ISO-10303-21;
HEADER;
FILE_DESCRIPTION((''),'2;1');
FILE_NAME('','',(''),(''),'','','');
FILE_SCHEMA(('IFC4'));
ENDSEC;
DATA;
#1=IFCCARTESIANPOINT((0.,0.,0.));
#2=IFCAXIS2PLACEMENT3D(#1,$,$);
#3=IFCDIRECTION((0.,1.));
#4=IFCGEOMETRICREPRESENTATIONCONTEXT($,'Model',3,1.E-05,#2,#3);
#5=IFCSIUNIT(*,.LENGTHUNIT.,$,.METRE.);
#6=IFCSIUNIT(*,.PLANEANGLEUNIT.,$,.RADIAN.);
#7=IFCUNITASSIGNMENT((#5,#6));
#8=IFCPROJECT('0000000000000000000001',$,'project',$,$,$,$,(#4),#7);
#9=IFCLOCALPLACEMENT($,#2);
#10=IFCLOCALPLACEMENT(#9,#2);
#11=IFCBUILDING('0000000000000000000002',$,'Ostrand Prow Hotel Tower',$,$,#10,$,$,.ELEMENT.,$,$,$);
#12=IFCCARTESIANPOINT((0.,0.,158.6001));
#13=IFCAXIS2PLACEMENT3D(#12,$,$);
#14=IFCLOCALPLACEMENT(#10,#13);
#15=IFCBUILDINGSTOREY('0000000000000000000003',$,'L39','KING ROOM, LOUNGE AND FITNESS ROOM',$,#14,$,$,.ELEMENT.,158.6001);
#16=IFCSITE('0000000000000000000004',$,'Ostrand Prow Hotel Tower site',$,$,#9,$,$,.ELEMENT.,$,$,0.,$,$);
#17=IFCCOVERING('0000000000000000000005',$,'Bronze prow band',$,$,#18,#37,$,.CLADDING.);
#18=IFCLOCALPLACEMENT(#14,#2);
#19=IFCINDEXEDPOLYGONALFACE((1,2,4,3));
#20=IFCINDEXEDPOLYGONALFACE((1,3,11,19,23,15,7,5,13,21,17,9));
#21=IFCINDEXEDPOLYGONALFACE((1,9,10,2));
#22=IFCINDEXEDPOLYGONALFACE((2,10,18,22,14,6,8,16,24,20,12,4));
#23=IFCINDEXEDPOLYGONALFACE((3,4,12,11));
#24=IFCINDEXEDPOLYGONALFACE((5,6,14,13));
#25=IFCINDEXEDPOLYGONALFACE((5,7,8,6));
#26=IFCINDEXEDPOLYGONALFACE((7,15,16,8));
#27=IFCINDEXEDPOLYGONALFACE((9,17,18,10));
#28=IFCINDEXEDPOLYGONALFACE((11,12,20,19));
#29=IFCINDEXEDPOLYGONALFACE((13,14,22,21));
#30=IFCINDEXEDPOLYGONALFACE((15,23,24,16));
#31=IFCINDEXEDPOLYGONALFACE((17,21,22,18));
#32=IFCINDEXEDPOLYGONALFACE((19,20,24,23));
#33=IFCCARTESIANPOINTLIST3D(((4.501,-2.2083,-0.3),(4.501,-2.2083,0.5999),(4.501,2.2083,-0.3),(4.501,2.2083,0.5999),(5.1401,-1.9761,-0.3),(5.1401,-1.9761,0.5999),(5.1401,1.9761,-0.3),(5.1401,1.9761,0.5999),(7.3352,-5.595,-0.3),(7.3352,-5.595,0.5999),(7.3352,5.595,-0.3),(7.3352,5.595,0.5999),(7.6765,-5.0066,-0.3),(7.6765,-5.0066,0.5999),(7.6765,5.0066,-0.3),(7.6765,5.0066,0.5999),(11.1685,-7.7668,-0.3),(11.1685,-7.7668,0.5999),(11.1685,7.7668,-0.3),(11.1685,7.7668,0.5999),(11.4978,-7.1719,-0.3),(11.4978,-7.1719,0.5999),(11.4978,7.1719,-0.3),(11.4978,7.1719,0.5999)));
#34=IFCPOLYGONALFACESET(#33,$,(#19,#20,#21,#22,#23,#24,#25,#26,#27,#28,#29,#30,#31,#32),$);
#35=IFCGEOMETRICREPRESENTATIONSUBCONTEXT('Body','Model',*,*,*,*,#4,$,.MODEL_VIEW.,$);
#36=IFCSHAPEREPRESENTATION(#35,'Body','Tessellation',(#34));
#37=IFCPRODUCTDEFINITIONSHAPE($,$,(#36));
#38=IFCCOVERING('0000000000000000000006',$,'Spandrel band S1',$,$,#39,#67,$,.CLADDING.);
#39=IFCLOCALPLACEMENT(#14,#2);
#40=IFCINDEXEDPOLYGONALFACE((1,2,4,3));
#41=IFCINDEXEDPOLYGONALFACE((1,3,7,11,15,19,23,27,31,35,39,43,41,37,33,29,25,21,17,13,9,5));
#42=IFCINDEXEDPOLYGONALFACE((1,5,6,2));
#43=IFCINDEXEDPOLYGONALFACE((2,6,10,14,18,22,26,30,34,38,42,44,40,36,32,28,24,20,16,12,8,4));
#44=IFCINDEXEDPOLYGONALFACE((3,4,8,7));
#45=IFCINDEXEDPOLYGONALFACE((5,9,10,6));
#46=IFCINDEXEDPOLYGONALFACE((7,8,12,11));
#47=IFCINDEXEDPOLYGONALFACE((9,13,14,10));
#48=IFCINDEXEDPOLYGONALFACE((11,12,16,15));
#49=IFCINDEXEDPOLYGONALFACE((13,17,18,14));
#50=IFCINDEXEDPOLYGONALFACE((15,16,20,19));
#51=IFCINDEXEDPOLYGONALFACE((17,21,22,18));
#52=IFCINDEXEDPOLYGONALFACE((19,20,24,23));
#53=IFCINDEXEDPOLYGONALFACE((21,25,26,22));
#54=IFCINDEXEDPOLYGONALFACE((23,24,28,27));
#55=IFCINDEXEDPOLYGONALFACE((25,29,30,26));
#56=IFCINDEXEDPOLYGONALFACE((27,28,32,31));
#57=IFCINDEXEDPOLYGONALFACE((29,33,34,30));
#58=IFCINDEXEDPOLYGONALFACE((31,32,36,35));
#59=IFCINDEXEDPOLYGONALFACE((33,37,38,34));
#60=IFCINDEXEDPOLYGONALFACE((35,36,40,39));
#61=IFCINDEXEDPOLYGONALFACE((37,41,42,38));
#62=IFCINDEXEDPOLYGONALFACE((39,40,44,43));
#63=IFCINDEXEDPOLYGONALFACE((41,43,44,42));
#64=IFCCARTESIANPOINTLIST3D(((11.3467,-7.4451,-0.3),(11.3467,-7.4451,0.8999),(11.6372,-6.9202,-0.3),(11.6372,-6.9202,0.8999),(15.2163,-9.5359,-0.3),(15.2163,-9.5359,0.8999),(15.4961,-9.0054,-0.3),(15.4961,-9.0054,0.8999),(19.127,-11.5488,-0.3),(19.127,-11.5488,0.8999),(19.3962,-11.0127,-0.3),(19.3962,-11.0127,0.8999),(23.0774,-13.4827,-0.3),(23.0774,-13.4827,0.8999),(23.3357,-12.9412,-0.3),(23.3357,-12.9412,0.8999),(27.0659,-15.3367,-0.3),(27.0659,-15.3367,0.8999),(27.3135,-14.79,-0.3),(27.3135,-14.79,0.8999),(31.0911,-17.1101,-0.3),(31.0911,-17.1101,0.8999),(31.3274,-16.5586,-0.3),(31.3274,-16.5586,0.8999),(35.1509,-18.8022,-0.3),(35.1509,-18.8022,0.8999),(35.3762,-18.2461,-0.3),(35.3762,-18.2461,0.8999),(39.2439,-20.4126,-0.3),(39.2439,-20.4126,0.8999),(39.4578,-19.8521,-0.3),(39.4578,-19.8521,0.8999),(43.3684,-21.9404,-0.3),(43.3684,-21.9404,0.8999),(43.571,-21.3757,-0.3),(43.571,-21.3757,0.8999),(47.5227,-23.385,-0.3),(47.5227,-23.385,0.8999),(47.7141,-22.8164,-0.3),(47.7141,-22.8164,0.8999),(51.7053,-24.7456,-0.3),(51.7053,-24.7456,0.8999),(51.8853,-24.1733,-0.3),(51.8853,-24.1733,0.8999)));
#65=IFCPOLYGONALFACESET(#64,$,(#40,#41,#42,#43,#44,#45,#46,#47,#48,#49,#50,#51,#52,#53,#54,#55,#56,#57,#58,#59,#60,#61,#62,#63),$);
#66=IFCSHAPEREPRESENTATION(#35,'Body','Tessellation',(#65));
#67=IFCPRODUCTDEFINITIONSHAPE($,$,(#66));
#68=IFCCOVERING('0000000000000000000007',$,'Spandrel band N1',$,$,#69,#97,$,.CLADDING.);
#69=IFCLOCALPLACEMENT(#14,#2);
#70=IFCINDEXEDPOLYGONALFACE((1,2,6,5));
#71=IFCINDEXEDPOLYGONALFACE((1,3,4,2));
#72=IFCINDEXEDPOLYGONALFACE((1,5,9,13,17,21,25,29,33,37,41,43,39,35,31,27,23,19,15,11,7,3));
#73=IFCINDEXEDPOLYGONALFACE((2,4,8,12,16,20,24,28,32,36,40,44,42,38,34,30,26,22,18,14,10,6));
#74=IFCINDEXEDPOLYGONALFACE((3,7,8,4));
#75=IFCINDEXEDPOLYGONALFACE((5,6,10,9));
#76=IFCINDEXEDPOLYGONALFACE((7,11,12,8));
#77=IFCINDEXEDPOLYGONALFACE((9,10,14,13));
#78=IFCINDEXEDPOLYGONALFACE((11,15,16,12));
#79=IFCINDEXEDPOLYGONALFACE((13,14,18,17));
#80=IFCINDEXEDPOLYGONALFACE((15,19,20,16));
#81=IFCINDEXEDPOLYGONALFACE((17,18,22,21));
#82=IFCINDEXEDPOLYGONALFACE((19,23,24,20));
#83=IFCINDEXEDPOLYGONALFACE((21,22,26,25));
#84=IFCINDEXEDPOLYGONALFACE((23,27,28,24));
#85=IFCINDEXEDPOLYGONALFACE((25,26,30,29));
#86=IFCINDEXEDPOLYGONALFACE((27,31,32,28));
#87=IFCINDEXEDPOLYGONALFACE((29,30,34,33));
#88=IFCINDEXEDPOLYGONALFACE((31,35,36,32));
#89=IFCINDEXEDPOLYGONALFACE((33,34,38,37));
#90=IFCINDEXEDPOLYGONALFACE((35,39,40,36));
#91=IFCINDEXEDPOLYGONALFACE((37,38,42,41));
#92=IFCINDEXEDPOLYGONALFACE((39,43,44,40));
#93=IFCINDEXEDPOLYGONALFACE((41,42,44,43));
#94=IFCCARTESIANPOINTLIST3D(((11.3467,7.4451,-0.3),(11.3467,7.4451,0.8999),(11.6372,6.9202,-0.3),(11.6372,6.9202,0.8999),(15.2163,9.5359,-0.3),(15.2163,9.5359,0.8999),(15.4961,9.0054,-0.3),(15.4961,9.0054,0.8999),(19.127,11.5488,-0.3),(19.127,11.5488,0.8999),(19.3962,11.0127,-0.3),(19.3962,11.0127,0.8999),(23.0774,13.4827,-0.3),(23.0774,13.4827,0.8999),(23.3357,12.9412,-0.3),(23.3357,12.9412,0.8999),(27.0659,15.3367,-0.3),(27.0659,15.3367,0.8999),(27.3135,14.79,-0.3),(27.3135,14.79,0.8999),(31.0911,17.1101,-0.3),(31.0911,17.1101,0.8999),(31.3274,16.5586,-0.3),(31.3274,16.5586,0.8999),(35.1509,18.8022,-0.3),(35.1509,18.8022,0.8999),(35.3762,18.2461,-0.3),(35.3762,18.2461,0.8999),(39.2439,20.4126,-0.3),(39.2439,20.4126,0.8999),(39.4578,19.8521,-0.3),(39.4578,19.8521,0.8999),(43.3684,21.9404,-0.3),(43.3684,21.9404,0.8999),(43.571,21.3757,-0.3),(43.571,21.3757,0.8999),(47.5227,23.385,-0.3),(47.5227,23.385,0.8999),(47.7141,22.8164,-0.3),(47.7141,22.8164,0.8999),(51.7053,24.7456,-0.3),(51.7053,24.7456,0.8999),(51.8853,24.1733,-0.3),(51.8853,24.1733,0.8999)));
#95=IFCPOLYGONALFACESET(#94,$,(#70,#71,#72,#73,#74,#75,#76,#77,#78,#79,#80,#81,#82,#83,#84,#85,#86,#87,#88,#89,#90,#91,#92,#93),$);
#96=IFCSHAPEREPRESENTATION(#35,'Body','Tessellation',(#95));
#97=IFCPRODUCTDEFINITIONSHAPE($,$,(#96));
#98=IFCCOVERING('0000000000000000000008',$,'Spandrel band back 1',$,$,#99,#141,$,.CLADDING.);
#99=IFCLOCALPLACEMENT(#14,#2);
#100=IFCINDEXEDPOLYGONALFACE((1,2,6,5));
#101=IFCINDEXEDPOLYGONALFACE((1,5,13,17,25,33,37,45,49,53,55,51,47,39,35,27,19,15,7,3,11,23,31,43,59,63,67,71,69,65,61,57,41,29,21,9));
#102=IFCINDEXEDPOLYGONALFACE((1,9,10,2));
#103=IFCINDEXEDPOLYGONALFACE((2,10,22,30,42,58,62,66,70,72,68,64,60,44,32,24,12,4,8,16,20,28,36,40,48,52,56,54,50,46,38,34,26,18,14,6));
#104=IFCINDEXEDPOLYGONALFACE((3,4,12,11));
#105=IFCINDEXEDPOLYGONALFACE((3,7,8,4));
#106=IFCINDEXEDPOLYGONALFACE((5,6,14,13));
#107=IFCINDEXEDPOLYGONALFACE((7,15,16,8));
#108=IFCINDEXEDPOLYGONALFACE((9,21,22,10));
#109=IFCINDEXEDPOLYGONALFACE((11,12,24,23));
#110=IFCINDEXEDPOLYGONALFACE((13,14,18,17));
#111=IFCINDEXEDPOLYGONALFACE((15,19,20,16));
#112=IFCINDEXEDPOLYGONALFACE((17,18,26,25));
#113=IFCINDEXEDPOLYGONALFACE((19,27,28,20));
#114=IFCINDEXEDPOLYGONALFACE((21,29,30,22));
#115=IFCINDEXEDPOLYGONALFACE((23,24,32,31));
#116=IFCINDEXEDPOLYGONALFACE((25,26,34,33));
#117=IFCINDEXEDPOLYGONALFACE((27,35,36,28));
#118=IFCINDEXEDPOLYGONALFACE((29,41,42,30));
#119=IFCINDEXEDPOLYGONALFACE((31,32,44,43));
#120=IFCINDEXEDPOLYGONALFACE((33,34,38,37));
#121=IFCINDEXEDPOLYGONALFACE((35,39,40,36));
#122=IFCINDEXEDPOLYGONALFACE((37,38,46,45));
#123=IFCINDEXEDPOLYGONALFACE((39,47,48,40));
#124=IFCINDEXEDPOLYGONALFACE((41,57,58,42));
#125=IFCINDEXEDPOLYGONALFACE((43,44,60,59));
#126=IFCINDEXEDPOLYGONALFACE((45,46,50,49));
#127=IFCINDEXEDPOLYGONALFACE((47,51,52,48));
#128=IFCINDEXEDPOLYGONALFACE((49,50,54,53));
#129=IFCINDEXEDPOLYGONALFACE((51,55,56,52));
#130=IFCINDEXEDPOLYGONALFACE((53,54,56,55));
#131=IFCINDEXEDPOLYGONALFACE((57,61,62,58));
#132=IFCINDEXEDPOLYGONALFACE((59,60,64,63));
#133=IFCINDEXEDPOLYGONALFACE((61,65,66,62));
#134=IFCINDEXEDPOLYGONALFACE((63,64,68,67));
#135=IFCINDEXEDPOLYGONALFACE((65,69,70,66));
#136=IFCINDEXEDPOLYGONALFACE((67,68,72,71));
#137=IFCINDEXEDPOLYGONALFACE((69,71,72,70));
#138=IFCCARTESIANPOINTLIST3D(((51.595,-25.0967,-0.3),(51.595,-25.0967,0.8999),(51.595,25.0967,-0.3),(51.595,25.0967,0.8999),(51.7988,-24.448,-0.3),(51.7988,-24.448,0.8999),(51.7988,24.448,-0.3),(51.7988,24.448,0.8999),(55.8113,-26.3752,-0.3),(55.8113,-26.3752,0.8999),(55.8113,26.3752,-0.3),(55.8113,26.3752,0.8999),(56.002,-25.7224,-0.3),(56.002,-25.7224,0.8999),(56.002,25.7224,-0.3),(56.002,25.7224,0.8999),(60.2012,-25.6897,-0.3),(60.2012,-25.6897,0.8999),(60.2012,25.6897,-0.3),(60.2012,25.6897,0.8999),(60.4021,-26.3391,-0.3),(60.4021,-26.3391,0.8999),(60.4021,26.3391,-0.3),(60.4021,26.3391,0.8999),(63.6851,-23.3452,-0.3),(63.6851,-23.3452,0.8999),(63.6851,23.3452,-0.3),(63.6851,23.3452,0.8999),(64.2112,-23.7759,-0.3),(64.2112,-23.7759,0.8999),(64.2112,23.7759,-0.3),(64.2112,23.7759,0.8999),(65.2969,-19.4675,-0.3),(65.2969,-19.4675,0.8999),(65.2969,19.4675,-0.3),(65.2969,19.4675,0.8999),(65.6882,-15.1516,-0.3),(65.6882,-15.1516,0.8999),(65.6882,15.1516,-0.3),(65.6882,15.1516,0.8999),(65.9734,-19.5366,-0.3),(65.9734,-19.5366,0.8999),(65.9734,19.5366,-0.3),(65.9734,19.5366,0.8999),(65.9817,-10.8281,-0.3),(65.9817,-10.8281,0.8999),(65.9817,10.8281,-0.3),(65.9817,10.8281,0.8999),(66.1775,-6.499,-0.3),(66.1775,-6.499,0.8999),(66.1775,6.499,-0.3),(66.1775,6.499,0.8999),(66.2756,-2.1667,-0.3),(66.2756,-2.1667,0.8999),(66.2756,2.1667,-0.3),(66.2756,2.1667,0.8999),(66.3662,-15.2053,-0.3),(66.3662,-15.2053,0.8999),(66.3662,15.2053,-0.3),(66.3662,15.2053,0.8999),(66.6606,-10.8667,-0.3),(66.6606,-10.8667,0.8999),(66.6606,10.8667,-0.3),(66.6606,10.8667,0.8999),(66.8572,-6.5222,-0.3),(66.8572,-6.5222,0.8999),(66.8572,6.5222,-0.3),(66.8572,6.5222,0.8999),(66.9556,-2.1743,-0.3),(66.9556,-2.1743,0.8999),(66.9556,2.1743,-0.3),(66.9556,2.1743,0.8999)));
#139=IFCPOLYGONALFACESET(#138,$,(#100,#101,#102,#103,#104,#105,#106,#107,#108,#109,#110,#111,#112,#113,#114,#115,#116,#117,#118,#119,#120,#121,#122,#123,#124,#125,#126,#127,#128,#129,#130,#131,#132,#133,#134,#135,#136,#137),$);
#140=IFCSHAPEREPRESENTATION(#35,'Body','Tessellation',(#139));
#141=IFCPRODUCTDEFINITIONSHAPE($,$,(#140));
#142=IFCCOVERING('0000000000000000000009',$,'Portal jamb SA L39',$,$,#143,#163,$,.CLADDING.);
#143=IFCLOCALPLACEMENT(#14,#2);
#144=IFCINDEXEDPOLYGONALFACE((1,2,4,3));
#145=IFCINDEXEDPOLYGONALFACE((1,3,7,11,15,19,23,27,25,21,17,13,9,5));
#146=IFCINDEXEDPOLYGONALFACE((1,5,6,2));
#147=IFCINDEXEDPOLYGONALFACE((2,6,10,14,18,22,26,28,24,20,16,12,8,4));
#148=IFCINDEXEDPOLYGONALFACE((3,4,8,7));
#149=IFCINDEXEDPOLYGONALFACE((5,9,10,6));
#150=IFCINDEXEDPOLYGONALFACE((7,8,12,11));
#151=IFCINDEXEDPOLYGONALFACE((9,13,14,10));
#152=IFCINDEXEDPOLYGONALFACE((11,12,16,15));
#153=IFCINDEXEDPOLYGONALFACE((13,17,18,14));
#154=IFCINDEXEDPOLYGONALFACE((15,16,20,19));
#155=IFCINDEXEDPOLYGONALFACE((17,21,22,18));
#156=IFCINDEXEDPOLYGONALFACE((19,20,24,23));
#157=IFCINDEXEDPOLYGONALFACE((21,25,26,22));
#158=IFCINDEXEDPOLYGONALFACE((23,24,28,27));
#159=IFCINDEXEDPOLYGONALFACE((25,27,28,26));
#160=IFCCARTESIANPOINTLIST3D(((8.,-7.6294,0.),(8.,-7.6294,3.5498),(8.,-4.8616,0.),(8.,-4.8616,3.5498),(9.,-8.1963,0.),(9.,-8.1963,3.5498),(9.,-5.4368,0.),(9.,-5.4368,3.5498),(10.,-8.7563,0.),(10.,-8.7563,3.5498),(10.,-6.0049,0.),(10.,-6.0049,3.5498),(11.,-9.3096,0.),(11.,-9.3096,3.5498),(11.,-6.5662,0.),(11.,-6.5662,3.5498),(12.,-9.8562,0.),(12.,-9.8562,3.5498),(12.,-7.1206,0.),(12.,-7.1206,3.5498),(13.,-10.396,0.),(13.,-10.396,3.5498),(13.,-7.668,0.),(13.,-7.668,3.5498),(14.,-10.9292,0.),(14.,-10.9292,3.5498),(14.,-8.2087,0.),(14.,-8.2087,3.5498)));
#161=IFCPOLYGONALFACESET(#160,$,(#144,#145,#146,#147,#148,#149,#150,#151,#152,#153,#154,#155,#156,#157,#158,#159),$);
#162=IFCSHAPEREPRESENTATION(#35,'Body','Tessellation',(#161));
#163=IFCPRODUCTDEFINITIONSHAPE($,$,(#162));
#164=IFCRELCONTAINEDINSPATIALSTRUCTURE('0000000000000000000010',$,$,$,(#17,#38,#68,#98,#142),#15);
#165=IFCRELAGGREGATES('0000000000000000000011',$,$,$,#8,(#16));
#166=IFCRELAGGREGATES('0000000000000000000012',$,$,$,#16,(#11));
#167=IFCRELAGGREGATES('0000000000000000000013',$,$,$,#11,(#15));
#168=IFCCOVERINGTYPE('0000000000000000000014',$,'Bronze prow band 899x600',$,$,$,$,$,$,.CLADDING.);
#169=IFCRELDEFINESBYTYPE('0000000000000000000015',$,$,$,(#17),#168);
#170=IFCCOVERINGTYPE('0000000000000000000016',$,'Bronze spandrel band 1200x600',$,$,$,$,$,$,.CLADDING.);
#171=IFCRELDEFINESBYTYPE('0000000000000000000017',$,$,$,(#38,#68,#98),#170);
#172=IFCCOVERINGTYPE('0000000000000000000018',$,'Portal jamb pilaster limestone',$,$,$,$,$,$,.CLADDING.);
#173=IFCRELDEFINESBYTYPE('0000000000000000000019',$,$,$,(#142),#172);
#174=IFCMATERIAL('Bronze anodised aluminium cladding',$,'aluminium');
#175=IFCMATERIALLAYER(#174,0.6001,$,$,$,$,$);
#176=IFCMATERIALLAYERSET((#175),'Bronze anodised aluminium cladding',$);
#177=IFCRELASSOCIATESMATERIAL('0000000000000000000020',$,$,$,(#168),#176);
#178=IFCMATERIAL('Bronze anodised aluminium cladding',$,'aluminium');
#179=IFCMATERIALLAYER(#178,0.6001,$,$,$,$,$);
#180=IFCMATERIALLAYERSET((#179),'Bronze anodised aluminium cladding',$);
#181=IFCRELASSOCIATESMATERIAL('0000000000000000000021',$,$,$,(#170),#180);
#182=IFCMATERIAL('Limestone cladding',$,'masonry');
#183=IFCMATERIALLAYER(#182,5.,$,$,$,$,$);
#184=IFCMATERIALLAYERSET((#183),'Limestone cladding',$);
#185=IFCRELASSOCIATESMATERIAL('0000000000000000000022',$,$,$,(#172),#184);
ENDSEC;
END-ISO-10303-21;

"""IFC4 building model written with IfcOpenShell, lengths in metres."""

from ifc_helpers import new_model, si_unit, direction, frame, origin, place, context, subcontext, project, spatial, polyline, outline, extrude, material, layer, layer_set, type_object, element, save


model = new_model("IFC4")

# Units and contexts
model_context = context("Model", 3, precision=1e-05, world=origin(), true_north=direction((0.0, 1.0)))
body_context = subcontext(model_context, "Body", "Model", "MODEL_VIEW")
ifc_project = project(units=[si_unit("LENGTHUNIT", "METRE"), si_unit("PLANEANGLEUNIT", "RADIAN")], contexts=[model_context])

# Site, building, storey
site_placement = place(None, origin())
site = spatial("IfcSite", under=ifc_project, at=site_placement, Name="Ostrand Prow Hotel Tower site", CompositionType="ELEMENT", RefElevation=0.0)
building_placement = place(site_placement, origin())
building = spatial("IfcBuilding", under=site, at=building_placement, Name="Ostrand Prow Hotel Tower", CompositionType="ELEMENT")
storey_placement = place(building_placement, frame((0.0, 0.0, 158.6001)))
storey = spatial("IfcBuildingStorey", under=building, at=storey_placement, Name="L39", Description="KING ROOM, LOUNGE AND FITNESS ROOM", CompositionType="ELEMENT", Elevation=158.6001)

# Coverings
ifc_material_1 = material(Name="Bronze anodised aluminium cladding", Category="aluminium")
ifc_layer_1 = layer(ifc_material_1, 0.6001)
ifc_layer_set_1 = layer_set([ifc_layer_1], Name="Bronze anodised aluminium cladding")
covering_type_1 = type_object("IfcCoveringType", Name="Bronze prow band 899x600", PredefinedType="CLADDING", material=ifc_layer_set_1)
covering_1_placement = place(storey_placement, frame((0.0, 0.0, -0.3)))
element("IfcCovering", 1, at=covering_1_placement, inside=storey, type_object=covering_type_1, Name="Bronze prow band", PredefinedType="CLADDING", context=body_context, shape_type="SweptSolid", body=[
    extrude(outline(polyline([(11.1685, 7.7668), (7.3352, 5.595), (4.501, 2.2083), (4.501, -2.2083), (7.3352, -5.595), (11.1685, -7.7668), (11.4978, -7.1719), (7.6765, -5.0066), (5.1401, -1.9761), (5.1401, 1.9761), (7.6765, 5.0066), (11.4978, 7.1719), (11.1685, 7.7668)])), origin(), (0.0, 0.0, 1.0), 0.8999),
])
ifc_material_2 = material(Name="Bronze anodised aluminium cladding", Category="aluminium")
ifc_layer_2 = layer(ifc_material_2, 0.6001)
ifc_layer_set_2 = layer_set([ifc_layer_2], Name="Bronze anodised aluminium cladding")
covering_type_2 = type_object("IfcCoveringType", Name="Bronze spandrel band 1200x600", PredefinedType="CLADDING", material=ifc_layer_set_2)
covering_2_placement = place(storey_placement, frame((0.0, 0.0, -0.3)))
element("IfcCovering", 2, at=covering_2_placement, inside=storey, type_object=covering_type_2, Name="Spandrel band S1", PredefinedType="CLADDING", context=body_context, shape_type="SweptSolid", body=[
    extrude(outline(polyline([(11.3467, -7.4451), (15.2163, -9.5359), (19.127, -11.5488), (23.0774, -13.4827), (27.0659, -15.3367), (31.0911, -17.1101), (35.1509, -18.8022), (39.2439, -20.4126), (43.3684, -21.9404), (47.5227, -23.385), (51.7053, -24.7456), (51.8853, -24.1733), (47.7141, -22.8164), (43.571, -21.3757), (39.4578, -19.8521), (35.3762, -18.2461), (31.3274, -16.5586), (27.3135, -14.79), (23.3357, -12.9412), (19.3962, -11.0127), (15.4961, -9.0054), (11.6372, -6.9202), (11.3467, -7.4451)])), origin(), (0.0, 0.0, 1.0), 1.2),
])
covering_3_placement = place(storey_placement, frame((0.0, 0.0, -0.3)))
element("IfcCovering", 3, at=covering_3_placement, inside=storey, type_object=covering_type_2, Name="Spandrel band N1", PredefinedType="CLADDING", context=body_context, shape_type="SweptSolid", body=[
    extrude(outline(polyline([(51.7053, 24.7456), (47.5227, 23.385), (43.3684, 21.9404), (39.2439, 20.4126), (35.1509, 18.8022), (31.0911, 17.1101), (27.0659, 15.3367), (23.0774, 13.4827), (19.127, 11.5488), (15.2163, 9.5359), (11.3467, 7.4451), (11.6372, 6.9202), (15.4961, 9.0054), (19.3962, 11.0127), (23.3357, 12.9412), (27.3135, 14.79), (31.3274, 16.5586), (35.3762, 18.2461), (39.4578, 19.8521), (43.571, 21.3757), (47.7141, 22.8164), (51.8853, 24.1733), (51.7053, 24.7456)])), origin(), (0.0, 0.0, 1.0), 1.2),
])
covering_4_placement = place(storey_placement, frame((0.0, 0.0, -0.3)))
element("IfcCovering", 4, at=covering_4_placement, inside=storey, type_object=covering_type_2, Name="Spandrel band back 1", PredefinedType="CLADDING", context=body_context, shape_type="SweptSolid", body=[
    extrude(outline(polyline([(51.595, -25.0967), (55.8113, -26.3752), (60.4021, -26.3391), (64.2112, -23.7759), (65.9734, -19.5366), (66.3662, -15.2053), (66.6606, -10.8667), (66.8572, -6.5222), (66.9556, -2.1743), (66.9556, 2.1743), (66.8572, 6.5222), (66.6606, 10.8667), (66.3662, 15.2053), (65.9734, 19.5366), (64.2112, 23.7759), (60.4021, 26.3391), (55.8113, 26.3752), (51.595, 25.0967), (51.7988, 24.448), (56.002, 25.7224), (60.2012, 25.6897), (63.6851, 23.3452), (65.2969, 19.4675), (65.6882, 15.1516), (65.9817, 10.8281), (66.1775, 6.499), (66.2756, 2.1667), (66.2756, -2.1667), (66.1775, -6.499), (65.9817, -10.8281), (65.6882, -15.1516), (65.2969, -19.4675), (63.6851, -23.3452), (60.2012, -25.6897), (56.002, -25.7224), (51.7988, -24.448), (51.595, -25.0967)])), origin(), (0.0, 0.0, 1.0), 1.2),
])
ifc_material_3 = material(Name="Limestone cladding", Category="masonry")
ifc_layer_3 = layer(ifc_material_3, 5.0)
ifc_layer_set_3 = layer_set([ifc_layer_3], Name="Limestone cladding")
covering_type_3 = type_object("IfcCoveringType", Name="Portal jamb pilaster limestone", PredefinedType="CLADDING", material=ifc_layer_set_3)
covering_5_placement = place(storey_placement, origin())
element("IfcCovering", 5, at=covering_5_placement, inside=storey, type_object=covering_type_3, Name="Portal jamb SA L39", PredefinedType="CLADDING", context=body_context, shape_type="SweptSolid", body=[
    extrude(outline(polyline([(8.0, -4.8616), (8.0, -7.6294), (9.0, -8.1963), (10.0, -8.7563), (11.0, -9.3096), (12.0, -9.8562), (13.0, -10.396), (14.0, -10.9292), (14.0, -8.2087), (13.0, -7.668), (12.0, -7.1206), (11.0, -6.5662), (10.0, -6.0049), (9.0, -5.4368), (8.0, -4.8616)])), origin(), (0.0, 0.0, 1.0), 3.5498),
])

save(model, "model.ifc")
